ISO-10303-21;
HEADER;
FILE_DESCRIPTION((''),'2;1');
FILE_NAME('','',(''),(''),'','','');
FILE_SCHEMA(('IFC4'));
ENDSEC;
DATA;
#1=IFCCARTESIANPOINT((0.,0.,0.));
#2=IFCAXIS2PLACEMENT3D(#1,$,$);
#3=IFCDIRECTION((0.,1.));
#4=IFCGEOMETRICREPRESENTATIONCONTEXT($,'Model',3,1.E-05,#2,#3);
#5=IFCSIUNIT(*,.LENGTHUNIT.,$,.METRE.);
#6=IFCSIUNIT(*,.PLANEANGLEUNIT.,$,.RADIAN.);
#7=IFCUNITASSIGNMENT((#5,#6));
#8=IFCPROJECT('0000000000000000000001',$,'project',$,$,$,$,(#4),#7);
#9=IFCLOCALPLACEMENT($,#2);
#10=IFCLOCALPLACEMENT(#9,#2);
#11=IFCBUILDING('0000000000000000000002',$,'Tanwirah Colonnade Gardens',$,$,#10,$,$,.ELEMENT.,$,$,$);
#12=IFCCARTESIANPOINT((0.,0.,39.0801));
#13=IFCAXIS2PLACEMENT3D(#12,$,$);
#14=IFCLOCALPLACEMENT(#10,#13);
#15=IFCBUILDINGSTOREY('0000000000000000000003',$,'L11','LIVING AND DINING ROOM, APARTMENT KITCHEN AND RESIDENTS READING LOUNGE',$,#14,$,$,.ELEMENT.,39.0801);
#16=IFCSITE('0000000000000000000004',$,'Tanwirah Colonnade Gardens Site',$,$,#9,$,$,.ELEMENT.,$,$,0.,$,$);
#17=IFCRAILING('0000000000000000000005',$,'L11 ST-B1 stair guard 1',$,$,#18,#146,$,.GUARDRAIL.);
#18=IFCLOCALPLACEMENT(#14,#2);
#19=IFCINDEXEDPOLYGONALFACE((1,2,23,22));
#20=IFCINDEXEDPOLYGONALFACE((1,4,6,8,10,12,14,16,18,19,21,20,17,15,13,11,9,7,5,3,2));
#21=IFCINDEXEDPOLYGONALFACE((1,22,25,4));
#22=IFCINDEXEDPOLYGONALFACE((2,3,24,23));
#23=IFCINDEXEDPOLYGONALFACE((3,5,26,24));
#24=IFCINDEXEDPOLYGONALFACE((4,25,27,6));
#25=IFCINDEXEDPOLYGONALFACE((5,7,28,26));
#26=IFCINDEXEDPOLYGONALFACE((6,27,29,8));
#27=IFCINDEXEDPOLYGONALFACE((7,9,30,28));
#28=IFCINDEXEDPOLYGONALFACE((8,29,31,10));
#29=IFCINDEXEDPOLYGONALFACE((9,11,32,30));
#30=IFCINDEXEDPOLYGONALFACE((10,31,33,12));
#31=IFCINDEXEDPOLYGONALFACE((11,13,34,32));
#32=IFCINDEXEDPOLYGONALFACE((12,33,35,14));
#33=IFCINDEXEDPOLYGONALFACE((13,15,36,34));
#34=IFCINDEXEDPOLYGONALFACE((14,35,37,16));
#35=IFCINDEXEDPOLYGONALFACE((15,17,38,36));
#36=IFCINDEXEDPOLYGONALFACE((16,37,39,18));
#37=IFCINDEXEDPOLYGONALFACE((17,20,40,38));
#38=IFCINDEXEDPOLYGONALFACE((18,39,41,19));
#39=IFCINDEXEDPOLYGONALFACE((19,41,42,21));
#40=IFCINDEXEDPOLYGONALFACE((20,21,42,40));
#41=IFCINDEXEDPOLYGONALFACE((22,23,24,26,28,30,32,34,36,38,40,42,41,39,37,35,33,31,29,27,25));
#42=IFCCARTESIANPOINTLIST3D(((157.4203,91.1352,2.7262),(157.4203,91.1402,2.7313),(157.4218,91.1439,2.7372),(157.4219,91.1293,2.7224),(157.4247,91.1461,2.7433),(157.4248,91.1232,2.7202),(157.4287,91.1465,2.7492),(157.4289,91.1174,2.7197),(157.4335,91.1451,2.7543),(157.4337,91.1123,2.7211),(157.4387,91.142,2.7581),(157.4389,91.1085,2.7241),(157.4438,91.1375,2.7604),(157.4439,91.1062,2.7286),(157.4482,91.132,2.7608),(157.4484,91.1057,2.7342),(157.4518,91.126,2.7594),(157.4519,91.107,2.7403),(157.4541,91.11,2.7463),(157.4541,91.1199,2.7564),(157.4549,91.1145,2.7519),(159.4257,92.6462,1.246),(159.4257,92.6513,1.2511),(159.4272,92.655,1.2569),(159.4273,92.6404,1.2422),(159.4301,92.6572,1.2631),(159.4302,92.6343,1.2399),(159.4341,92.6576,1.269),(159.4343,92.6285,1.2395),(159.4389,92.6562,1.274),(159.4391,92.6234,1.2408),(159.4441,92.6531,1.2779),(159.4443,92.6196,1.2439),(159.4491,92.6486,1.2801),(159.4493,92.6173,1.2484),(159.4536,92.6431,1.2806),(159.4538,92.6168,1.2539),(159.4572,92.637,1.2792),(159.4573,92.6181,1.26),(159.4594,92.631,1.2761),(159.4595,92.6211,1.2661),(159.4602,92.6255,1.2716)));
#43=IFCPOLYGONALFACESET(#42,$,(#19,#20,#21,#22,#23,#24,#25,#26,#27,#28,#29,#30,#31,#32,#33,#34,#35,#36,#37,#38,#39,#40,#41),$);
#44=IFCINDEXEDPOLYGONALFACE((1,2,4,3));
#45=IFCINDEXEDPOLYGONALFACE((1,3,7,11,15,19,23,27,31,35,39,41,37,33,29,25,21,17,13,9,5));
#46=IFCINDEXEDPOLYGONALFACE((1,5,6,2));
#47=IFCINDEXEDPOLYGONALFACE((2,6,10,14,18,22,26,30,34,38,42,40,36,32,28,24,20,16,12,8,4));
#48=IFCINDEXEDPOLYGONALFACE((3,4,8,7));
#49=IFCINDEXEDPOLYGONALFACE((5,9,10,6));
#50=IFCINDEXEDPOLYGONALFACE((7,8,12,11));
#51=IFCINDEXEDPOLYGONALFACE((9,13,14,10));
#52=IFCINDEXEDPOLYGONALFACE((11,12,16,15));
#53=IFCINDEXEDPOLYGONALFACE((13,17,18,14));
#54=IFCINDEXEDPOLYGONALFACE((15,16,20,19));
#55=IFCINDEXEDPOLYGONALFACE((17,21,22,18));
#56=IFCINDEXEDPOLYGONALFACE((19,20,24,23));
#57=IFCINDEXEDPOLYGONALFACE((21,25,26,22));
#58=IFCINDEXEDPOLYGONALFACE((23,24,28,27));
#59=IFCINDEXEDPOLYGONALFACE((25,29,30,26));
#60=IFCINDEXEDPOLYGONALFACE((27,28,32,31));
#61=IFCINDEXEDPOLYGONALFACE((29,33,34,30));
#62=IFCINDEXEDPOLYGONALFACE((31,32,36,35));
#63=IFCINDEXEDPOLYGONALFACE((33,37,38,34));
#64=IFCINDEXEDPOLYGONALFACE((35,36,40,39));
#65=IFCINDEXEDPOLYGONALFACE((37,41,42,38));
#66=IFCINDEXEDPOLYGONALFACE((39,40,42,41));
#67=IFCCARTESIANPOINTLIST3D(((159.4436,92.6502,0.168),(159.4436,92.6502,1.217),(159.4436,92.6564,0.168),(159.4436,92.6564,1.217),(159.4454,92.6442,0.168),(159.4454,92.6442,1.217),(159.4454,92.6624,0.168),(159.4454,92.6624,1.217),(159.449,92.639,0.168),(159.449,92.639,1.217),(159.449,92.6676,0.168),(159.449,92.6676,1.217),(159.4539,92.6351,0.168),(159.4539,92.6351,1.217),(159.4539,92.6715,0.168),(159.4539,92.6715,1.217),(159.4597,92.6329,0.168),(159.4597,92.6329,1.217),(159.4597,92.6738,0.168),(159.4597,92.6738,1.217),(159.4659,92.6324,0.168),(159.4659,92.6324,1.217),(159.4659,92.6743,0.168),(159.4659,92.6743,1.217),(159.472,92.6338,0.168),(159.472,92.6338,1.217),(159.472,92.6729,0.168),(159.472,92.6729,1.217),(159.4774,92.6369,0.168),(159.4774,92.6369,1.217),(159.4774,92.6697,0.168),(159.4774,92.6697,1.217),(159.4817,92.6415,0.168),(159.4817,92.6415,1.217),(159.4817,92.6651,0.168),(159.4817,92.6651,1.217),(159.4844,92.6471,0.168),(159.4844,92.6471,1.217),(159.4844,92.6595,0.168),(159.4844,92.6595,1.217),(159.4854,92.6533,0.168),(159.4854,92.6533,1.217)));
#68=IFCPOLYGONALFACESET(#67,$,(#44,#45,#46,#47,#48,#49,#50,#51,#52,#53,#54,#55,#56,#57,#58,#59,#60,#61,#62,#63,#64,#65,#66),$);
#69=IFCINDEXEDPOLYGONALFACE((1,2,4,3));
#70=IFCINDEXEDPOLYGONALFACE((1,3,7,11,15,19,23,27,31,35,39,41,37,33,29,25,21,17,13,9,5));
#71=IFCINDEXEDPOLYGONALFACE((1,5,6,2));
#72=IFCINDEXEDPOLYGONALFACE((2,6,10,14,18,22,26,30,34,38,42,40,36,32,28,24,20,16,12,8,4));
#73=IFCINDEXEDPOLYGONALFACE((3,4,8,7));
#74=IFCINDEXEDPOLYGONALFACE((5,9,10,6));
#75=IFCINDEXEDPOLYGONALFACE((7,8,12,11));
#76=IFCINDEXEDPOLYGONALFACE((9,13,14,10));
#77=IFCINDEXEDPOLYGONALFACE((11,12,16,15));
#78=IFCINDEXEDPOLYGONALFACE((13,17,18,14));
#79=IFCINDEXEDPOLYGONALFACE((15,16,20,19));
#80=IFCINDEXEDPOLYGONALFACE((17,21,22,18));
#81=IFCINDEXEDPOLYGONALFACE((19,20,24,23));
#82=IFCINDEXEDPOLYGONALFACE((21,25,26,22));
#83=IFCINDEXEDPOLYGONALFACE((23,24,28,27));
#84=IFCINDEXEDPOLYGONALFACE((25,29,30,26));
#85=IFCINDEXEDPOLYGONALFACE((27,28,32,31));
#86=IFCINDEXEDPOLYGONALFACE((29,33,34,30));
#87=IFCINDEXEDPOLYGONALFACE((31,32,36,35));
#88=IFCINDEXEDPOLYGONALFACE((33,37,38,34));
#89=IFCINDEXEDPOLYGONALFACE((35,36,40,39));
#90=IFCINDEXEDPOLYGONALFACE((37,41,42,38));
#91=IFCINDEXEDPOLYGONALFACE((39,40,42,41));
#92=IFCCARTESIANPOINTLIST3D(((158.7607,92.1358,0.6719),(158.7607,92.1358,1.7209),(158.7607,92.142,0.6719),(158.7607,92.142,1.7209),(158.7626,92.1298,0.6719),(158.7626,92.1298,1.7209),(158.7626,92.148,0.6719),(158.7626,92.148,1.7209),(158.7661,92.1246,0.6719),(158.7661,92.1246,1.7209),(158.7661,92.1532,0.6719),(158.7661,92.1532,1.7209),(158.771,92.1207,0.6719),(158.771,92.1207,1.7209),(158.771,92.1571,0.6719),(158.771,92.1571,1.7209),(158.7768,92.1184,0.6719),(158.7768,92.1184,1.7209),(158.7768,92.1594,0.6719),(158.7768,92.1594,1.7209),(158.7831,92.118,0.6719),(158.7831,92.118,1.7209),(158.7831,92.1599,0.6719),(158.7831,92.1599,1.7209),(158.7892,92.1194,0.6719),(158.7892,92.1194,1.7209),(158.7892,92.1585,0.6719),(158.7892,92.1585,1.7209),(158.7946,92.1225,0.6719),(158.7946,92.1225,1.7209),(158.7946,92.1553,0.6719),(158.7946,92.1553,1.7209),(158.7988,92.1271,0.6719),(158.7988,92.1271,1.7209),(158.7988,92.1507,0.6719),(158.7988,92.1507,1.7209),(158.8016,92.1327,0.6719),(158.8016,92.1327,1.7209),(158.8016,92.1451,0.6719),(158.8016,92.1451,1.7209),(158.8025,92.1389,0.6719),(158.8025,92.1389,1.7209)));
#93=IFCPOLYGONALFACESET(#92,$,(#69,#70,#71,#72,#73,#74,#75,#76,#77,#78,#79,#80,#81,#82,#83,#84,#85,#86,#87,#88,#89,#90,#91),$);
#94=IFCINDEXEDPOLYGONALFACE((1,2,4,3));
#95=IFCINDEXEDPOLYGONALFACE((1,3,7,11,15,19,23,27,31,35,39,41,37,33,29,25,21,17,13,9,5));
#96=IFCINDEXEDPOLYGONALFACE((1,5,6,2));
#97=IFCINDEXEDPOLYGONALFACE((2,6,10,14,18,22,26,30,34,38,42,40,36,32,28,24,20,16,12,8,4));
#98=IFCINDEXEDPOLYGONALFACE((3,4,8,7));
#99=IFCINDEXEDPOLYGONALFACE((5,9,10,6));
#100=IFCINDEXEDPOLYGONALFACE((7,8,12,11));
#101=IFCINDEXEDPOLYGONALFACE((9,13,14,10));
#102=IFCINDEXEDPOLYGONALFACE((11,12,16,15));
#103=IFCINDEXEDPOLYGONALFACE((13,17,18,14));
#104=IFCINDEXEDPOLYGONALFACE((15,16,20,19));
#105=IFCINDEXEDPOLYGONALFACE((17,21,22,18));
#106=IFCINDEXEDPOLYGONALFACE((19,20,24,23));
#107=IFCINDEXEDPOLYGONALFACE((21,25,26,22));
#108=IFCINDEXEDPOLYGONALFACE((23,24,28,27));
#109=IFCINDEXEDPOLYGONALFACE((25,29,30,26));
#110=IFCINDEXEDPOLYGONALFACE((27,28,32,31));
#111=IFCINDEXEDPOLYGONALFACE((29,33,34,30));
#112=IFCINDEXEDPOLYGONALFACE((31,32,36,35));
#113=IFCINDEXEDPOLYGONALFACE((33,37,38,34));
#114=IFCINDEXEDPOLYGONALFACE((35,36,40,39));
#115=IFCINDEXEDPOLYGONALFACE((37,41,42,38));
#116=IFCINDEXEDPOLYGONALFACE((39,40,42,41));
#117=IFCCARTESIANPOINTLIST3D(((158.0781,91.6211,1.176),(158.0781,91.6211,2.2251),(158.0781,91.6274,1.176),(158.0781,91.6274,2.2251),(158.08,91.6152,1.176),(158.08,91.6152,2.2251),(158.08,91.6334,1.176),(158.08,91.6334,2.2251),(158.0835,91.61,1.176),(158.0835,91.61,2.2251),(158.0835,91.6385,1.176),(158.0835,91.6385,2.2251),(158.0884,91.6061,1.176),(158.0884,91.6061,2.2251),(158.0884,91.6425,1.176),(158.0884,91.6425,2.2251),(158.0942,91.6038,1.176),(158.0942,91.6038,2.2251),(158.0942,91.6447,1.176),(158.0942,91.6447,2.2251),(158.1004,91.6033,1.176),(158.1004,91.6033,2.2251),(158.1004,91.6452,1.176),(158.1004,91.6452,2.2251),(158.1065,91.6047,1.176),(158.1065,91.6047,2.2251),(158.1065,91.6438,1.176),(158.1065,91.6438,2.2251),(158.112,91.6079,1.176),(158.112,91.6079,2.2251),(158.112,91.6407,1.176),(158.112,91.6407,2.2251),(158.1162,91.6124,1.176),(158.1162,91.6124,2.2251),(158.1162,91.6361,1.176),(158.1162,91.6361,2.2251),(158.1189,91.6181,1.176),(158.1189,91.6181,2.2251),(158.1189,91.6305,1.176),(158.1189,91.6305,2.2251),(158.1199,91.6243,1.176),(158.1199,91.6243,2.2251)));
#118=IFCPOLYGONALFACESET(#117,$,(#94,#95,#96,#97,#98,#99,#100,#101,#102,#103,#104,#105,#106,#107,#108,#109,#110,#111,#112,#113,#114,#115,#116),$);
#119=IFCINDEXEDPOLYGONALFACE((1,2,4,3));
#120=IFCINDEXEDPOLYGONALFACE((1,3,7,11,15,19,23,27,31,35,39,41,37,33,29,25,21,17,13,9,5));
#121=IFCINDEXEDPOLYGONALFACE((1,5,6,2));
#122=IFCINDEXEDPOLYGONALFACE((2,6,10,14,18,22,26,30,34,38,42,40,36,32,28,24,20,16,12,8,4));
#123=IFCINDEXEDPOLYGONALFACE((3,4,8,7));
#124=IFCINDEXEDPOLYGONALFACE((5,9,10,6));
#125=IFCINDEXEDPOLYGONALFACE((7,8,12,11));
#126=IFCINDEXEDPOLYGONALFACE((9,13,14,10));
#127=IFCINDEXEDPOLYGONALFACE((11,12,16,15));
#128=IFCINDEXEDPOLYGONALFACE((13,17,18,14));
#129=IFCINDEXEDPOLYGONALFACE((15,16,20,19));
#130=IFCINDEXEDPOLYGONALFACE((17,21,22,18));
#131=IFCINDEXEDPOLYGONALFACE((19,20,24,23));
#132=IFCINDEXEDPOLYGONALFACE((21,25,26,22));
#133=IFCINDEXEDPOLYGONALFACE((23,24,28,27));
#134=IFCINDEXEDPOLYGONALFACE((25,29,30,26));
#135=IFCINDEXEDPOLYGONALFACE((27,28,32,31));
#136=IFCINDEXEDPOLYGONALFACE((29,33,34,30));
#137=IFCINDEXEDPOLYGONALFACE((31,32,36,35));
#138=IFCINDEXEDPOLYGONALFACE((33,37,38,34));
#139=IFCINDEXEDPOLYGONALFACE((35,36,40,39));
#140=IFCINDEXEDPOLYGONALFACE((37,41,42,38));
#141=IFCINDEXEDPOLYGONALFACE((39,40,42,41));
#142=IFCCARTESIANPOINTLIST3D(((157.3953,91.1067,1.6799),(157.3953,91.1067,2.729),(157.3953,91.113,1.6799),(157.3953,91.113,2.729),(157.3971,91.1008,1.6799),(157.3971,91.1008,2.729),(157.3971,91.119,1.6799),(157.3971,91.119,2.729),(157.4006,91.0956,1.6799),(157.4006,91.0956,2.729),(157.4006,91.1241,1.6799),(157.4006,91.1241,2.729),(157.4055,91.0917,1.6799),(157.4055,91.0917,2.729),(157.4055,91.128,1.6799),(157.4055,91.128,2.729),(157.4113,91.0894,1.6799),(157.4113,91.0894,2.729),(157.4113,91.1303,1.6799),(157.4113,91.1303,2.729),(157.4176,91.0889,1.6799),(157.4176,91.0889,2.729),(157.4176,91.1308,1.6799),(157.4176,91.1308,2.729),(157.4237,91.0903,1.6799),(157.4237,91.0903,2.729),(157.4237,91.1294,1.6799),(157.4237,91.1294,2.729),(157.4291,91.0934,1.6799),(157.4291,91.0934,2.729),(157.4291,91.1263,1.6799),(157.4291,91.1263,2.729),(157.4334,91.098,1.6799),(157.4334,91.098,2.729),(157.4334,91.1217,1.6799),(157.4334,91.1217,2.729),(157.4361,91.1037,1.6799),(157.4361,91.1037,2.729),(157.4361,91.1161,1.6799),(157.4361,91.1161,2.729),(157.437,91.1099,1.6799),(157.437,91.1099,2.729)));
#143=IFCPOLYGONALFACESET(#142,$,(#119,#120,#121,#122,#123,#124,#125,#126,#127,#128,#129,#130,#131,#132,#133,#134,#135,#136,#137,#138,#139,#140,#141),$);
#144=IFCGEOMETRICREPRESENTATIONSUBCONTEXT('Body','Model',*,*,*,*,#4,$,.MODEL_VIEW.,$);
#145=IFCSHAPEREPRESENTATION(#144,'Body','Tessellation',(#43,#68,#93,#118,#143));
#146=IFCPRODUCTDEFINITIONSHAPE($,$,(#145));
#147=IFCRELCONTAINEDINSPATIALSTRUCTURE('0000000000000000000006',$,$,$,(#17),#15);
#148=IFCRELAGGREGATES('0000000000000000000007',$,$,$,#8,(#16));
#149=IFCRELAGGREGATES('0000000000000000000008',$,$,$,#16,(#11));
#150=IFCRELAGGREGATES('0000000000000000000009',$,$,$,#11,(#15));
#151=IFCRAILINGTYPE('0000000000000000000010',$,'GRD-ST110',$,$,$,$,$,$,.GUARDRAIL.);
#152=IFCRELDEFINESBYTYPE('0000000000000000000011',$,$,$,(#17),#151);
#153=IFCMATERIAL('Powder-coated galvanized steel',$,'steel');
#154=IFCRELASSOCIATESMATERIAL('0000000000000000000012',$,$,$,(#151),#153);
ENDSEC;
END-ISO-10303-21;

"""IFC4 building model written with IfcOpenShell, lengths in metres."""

from ifc_helpers import new_model, si_unit, direction, frame, origin, origin_2d, place, context, subcontext, project, spatial, circle, extrude, material, type_object, element, save


model = new_model("IFC4")

# Units and contexts
model_context = context("Model", 3, precision=1e-05, world=origin(), true_north=direction((0.0, 1.0)))
body_context = subcontext(model_context, "Body", "Model", "MODEL_VIEW")
ifc_project = project(units=[si_unit("LENGTHUNIT", "METRE"), si_unit("PLANEANGLEUNIT", "RADIAN")], contexts=[model_context])

# Site, building, storey
site_placement = place(None, origin())
site = spatial("IfcSite", under=ifc_project, at=site_placement, Name="Tanwirah Colonnade Gardens Site", CompositionType="ELEMENT", RefElevation=0.0)
building_placement = place(site_placement, origin())
building = spatial("IfcBuilding", under=site, at=building_placement, Name="Tanwirah Colonnade Gardens", CompositionType="ELEMENT")
storey_placement = place(building_placement, frame((0.0, 0.0, 39.0801)))
storey = spatial("IfcBuildingStorey", under=building, at=storey_placement, Name="L11", Description="LIVING AND DINING ROOM, APARTMENT KITCHEN AND RESIDENTS READING LOUNGE", CompositionType="ELEMENT", Elevation=39.0801)

# Railing
ifc_material_1 = material(Name="Powder-coated galvanized steel", Category="steel")
railing_type = type_object("IfcRailingType", Name="GRD-ST110", PredefinedType="GUARDRAIL", material=ifc_material_1)
railing_1_placement = place(storey_placement, frame((159.4644, 92.6533, 0.168)))
element("IfcRailing", 1, at=railing_1_placement, inside=storey, type_object=railing_type, Name="L11 ST-B1 stair guard 1", PredefinedType="GUARDRAIL", context=body_context, shape_type="SweptSolid", body=[
    extrude(circle(Radius=0.0239, at=origin_2d()), frame((-0.0215, -0.0161, 1.092), z_axis=(-0.687998, -0.518418, 0.50784), x_axis=(0.601796, -0.79865, 0.0)), (0.0, 0.0, 1.0), 2.9148),
    extrude(circle(Radius=0.021, at=origin_2d()), origin(), (0.0, 0.0, 1.0), 1.0491),
    extrude(circle(Radius=0.021, at=origin_2d()), frame((-0.6829, -0.5144, 0.5039)), (0.0, 0.0, 1.0), 1.0491),
    extrude(circle(Radius=0.021, at=origin_2d()), frame((-1.3655, -1.0291, 1.0081)), (0.0, 0.0, 1.0), 1.0491),
    extrude(circle(Radius=0.021, at=origin_2d()), frame((-2.0483, -1.5435, 1.512)), (0.0, 0.0, 1.0), 1.0491),
])

save(model, "model.ifc")
